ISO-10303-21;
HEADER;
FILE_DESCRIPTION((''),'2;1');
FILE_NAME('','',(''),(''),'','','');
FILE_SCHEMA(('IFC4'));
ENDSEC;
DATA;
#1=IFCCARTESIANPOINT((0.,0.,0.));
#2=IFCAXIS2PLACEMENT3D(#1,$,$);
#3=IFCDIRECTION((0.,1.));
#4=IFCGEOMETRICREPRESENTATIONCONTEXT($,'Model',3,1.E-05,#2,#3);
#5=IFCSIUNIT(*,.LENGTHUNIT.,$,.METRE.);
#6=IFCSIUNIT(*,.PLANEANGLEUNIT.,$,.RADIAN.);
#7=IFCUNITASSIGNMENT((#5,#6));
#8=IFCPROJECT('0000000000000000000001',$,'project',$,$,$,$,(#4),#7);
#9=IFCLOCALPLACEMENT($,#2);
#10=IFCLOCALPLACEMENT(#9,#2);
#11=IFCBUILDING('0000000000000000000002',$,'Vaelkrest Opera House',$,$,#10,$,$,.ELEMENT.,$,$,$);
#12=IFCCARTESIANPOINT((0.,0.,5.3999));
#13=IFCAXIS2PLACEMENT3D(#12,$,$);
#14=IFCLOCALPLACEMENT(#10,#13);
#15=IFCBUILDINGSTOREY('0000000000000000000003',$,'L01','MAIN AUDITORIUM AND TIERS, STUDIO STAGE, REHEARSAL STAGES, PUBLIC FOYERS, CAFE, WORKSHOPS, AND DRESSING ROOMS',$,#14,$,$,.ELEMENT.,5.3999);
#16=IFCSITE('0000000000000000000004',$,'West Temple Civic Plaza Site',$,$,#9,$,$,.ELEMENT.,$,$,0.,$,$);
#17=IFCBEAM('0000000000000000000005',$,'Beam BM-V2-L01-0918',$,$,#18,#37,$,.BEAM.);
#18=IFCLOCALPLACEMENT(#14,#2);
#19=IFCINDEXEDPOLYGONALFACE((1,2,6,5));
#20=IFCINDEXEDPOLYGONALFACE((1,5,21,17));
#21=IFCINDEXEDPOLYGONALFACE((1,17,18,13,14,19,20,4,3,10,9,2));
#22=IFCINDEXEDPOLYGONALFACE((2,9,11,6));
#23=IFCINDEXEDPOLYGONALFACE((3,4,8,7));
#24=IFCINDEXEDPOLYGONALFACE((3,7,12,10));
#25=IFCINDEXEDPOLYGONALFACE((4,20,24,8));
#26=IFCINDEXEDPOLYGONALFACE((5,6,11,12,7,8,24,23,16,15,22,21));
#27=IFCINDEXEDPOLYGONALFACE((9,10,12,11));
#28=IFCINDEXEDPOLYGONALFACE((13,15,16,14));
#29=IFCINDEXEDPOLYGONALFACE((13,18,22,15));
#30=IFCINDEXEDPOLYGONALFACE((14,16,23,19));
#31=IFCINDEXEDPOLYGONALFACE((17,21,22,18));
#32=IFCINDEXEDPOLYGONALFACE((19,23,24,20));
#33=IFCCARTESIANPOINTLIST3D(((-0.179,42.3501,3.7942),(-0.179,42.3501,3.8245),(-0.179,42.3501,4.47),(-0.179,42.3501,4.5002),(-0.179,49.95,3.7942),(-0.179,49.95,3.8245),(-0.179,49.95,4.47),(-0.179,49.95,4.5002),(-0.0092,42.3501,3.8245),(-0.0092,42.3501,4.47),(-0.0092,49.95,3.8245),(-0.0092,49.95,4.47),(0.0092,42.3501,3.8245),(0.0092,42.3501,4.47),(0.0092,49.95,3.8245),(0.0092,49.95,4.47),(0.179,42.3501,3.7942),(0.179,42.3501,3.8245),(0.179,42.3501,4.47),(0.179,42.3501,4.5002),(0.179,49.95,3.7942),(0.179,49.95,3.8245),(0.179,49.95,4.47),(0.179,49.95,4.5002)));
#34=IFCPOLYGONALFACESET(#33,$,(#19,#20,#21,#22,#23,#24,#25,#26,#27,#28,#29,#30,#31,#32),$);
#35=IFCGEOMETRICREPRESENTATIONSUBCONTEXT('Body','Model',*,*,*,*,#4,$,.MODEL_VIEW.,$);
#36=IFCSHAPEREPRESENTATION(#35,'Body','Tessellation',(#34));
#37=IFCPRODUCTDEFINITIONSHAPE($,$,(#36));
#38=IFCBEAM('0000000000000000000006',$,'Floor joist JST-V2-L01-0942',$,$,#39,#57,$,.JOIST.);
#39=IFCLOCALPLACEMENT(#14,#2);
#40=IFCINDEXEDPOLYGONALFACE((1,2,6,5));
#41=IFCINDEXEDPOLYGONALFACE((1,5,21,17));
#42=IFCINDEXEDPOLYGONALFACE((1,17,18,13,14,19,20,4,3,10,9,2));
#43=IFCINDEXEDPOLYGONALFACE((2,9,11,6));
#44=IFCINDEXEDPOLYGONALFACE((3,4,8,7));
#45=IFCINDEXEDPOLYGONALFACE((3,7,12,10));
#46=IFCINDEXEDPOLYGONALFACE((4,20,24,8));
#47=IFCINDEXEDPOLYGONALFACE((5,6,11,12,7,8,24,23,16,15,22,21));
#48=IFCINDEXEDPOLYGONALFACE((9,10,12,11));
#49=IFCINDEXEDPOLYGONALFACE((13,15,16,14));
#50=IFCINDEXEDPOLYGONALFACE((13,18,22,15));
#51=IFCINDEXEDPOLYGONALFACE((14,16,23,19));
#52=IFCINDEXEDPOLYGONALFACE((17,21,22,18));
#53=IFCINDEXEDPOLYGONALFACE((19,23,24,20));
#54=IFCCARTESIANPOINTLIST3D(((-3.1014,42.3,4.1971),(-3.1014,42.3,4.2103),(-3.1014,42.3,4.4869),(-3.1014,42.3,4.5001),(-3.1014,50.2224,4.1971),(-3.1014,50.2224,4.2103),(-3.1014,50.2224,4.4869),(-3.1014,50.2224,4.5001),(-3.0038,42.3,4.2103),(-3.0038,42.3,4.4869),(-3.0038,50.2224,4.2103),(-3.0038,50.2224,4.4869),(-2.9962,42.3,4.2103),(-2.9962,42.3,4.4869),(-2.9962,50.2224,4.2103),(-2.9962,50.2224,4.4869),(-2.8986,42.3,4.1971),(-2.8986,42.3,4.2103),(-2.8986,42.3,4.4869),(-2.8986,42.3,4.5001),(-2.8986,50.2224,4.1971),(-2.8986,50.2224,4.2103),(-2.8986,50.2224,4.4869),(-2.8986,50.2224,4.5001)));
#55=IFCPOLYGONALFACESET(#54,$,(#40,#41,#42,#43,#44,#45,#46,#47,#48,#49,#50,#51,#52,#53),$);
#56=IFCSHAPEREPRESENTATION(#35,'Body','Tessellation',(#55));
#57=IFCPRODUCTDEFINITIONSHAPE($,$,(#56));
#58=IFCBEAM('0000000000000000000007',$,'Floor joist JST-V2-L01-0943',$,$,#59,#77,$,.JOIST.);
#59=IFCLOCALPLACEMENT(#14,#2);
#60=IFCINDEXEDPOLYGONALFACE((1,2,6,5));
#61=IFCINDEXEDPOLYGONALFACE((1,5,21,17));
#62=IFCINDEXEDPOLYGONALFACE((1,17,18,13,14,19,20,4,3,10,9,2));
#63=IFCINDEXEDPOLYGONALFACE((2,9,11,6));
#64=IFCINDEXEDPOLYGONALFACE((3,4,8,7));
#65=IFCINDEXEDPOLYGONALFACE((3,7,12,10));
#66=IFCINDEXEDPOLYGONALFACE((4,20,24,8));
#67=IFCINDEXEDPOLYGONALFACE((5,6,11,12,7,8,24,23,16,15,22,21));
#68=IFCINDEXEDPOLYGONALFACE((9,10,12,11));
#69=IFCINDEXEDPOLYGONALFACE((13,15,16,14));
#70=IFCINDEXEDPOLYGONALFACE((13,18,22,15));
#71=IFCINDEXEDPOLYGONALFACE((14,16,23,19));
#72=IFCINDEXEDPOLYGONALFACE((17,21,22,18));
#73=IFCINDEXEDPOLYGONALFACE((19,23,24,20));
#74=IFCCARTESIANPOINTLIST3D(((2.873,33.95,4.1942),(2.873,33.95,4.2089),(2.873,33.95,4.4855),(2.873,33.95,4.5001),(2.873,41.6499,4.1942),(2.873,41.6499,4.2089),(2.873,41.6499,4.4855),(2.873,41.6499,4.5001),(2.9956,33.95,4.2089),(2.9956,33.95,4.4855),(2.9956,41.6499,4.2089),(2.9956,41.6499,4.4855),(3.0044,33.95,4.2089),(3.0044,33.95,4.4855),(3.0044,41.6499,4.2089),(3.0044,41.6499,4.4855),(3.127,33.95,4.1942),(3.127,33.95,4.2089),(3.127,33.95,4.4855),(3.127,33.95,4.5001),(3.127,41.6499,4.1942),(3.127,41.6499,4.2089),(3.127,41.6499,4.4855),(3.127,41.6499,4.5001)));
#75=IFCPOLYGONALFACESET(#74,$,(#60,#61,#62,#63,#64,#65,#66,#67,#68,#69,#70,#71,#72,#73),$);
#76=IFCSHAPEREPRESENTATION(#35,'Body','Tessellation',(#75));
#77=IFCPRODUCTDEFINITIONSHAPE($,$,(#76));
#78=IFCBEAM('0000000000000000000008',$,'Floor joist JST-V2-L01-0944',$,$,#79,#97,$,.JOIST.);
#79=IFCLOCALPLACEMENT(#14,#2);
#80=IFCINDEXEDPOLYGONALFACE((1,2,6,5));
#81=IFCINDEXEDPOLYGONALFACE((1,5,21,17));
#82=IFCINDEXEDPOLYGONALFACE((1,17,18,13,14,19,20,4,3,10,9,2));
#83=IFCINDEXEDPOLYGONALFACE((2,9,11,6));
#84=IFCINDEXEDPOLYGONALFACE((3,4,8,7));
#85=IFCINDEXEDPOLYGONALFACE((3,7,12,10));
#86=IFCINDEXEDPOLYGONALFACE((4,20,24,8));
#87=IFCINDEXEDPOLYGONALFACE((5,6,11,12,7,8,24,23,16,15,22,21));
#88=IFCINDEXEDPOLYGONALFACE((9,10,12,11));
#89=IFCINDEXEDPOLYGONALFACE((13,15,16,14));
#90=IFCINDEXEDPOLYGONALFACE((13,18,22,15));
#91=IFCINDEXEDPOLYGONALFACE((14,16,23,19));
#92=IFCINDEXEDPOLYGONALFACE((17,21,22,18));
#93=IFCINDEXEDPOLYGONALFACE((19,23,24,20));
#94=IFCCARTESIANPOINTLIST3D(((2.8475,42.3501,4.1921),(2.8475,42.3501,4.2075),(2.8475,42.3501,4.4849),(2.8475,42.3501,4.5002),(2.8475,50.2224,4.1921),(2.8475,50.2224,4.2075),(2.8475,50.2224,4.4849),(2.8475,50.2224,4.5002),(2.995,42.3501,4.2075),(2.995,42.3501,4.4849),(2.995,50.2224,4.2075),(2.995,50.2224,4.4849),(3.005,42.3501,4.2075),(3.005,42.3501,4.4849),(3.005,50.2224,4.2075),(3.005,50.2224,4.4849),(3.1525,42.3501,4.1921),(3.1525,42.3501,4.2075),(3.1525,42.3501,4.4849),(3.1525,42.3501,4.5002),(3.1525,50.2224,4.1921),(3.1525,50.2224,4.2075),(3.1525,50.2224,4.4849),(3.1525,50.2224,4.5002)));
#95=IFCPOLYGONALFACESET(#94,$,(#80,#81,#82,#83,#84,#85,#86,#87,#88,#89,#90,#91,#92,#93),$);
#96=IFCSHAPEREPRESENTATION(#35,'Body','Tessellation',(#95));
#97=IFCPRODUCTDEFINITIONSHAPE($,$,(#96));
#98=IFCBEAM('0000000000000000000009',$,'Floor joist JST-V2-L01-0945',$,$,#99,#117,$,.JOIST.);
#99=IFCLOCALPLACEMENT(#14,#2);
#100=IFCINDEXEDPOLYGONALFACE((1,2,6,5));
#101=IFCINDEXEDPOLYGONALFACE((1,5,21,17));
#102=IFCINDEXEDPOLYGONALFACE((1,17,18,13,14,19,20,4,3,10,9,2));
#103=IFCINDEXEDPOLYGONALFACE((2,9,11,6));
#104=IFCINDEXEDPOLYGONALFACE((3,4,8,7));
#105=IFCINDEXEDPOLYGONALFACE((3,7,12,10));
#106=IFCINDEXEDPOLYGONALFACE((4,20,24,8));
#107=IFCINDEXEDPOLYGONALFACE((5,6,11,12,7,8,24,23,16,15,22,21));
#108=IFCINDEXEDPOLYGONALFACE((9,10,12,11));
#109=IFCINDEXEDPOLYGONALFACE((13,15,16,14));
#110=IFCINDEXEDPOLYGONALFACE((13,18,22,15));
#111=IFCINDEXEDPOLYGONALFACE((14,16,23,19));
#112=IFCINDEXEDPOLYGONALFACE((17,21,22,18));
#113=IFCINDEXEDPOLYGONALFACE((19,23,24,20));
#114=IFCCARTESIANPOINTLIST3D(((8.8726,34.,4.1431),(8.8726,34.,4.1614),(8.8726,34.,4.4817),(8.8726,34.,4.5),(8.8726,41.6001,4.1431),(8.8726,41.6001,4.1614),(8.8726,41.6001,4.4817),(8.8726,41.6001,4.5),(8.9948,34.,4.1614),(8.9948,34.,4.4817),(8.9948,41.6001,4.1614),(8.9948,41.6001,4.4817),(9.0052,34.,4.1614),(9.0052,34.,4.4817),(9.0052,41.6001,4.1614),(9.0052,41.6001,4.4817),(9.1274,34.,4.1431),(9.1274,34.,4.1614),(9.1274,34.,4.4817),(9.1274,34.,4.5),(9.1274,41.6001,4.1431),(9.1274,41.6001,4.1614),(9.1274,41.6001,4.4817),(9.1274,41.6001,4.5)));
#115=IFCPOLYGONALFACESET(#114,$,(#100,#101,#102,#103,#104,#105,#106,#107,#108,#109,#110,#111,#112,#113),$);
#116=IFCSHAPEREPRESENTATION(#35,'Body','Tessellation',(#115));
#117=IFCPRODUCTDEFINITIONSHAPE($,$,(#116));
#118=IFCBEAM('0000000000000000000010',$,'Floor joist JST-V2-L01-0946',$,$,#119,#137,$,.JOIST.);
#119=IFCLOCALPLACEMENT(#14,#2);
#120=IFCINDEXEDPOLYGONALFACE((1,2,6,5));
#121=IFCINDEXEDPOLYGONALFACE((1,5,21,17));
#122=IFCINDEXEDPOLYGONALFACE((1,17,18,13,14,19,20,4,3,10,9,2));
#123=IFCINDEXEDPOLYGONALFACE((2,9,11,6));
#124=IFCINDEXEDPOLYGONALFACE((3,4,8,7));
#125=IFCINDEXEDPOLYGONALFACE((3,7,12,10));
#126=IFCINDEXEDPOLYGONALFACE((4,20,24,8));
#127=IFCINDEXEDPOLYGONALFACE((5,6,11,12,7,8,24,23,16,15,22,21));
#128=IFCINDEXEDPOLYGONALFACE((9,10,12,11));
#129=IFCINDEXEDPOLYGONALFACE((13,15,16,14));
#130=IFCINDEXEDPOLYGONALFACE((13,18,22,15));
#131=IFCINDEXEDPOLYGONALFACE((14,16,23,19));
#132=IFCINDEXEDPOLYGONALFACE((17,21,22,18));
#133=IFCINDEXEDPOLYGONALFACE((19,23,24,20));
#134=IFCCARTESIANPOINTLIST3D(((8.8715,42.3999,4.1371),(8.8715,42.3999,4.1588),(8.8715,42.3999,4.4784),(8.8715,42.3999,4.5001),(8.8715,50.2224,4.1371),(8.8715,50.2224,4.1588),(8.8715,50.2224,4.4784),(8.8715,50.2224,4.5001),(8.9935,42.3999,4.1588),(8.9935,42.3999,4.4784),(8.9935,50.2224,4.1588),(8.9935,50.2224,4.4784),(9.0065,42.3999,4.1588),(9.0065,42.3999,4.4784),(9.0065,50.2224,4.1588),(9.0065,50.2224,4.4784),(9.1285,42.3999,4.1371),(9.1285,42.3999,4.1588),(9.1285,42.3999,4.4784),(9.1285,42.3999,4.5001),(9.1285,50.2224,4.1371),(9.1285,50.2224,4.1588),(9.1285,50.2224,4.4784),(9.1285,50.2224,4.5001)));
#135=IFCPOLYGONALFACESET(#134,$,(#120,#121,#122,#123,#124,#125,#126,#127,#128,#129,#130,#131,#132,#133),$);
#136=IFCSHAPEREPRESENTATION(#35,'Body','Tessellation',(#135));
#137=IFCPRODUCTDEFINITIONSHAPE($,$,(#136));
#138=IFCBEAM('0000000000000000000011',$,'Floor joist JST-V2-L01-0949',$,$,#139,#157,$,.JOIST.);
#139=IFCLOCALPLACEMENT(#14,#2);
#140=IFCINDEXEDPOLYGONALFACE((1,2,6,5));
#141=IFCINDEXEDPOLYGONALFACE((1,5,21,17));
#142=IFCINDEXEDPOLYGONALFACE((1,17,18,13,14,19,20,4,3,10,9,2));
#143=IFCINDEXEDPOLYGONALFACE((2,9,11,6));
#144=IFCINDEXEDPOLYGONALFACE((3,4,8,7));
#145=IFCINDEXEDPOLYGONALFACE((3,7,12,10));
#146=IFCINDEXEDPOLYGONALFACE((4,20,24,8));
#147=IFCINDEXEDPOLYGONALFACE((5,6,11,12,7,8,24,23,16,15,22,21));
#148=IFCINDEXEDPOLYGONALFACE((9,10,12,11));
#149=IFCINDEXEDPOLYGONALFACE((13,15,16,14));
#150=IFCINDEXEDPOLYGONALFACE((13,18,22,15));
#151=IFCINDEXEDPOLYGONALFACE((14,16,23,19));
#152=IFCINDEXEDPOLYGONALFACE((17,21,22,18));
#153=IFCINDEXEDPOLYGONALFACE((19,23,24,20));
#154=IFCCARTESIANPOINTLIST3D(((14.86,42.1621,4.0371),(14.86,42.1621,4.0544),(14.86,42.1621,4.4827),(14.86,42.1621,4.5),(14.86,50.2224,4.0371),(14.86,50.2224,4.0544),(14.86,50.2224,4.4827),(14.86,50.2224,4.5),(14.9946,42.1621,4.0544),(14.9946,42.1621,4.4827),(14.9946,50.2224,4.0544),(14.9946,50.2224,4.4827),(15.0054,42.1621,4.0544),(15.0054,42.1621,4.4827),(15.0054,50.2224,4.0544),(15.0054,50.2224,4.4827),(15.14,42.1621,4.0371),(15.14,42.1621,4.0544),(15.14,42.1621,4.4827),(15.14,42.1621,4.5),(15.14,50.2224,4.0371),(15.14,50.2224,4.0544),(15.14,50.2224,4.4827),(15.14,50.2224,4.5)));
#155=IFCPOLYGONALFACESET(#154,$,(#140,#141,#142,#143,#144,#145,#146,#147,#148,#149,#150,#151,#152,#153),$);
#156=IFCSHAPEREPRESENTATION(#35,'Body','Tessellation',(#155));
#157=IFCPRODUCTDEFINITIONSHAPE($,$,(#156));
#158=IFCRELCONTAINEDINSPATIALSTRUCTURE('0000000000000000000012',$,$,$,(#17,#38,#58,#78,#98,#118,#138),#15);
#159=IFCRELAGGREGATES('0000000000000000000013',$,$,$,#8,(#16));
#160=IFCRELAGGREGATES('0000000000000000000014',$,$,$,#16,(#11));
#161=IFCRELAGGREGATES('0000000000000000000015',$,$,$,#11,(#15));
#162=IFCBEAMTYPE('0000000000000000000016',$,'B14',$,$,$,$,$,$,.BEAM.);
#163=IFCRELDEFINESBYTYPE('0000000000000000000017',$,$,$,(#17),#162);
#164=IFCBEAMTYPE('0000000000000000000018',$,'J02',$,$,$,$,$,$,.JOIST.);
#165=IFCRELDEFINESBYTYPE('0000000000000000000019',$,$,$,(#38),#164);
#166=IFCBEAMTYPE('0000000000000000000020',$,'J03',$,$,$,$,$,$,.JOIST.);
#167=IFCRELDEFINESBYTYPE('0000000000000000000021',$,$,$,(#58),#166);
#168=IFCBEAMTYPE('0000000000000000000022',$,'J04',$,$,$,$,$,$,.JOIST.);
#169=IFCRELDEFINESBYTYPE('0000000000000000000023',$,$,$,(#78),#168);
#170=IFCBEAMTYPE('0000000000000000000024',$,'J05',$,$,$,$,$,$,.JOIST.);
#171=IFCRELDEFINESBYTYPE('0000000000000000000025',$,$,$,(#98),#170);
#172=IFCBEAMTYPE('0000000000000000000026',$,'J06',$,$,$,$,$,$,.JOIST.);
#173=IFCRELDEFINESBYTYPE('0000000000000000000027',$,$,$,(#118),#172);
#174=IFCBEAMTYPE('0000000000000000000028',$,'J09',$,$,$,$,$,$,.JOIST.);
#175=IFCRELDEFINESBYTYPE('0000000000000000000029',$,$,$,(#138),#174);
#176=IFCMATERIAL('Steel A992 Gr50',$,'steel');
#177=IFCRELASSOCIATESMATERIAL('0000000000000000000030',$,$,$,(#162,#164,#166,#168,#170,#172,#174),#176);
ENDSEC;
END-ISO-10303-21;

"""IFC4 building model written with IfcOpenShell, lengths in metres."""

from ifc_helpers import new_model, si_unit, direction, frame, origin, origin_2d, place, context, subcontext, project, spatial, i_section, extrude, material, material_profile, profile_set, type_object, element, save


model = new_model("IFC4")

# Units and contexts
model_context = context("Model", 3, precision=1e-05, world=origin(), true_north=direction((0.0, 1.0)))
body_context = subcontext(model_context, "Body", "Model", "MODEL_VIEW")
ifc_project = project(units=[si_unit("LENGTHUNIT", "METRE"), si_unit("PLANEANGLEUNIT", "RADIAN")], contexts=[model_context])

# Site, building, storey
site_placement = place(None, origin())
site = spatial("IfcSite", under=ifc_project, at=site_placement, Name="West Temple Civic Plaza Site", CompositionType="ELEMENT", RefElevation=0.0)
building_placement = place(site_placement, origin())
building = spatial("IfcBuilding", under=site, at=building_placement, Name="Vaelkrest Opera House", CompositionType="ELEMENT")
storey_placement = place(building_placement, frame((0.0, 0.0, 5.3999)))
storey = spatial("IfcBuildingStorey", under=building, at=storey_placement, Name="L01", Description="MAIN AUDITORIUM AND TIERS, STUDIO STAGE, REHEARSAL STAGES, PUBLIC FOYERS, CAFE, WORKSHOPS, AND DRESSING ROOMS", CompositionType="ELEMENT", Elevation=5.3999)

# Beams
ifc_material_1 = material(Name="Steel A992 Gr50", Category="steel")
ifc_material_profile_1 = material_profile(ifc_material_1, i_section(OverallWidth=0.3579, OverallDepth=0.7061, WebThickness=0.0183, FlangeThickness=0.0303, at=origin_2d()), Name="W27X178")
ifc_profile_set_1 = profile_set([ifc_material_profile_1], Name="Steel A992 Gr50")
beam_type_1 = type_object("IfcBeamType", Name="B14", PredefinedType="BEAM", material=ifc_profile_set_1)
beam_1_placement = place(storey_placement, frame((0.0, 42.3501, 4.1472), z_axis=(0.0, 1.0, 0.0), x_axis=(-1.0, 0.0, 0.0)))
element("IfcBeam", 1, at=beam_1_placement, inside=storey, type_object=beam_type_1, Name="Beam BM-V2-L01-0918", PredefinedType="BEAM", context=body_context, shape_type="SweptSolid", body=[
    extrude(i_section(OverallWidth=0.3579, OverallDepth=0.7061, WebThickness=0.0183, FlangeThickness=0.0303, at=origin_2d()), origin(), (0.0, 0.0, 1.0), 7.5999),
])
ifc_material_profile_2 = material_profile(ifc_material_1, i_section(OverallWidth=0.2029, OverallDepth=0.303, WebThickness=0.0076, FlangeThickness=0.0132, at=origin_2d()), Name="W12X40")
ifc_profile_set_2 = profile_set([ifc_material_profile_2], Name="Steel A992 Gr50")
beam_type_2 = type_object("IfcBeamType", Name="J02", PredefinedType="JOIST", material=ifc_profile_set_2)
beam_2_placement = place(storey_placement, frame((-3.0, 42.3, 4.3486), z_axis=(0.0, 1.0, 0.0), x_axis=(-1.0, 0.0, 0.0)))
element("IfcBeam", 2, at=beam_2_placement, inside=storey, type_object=beam_type_2, Name="Floor joist JST-V2-L01-0942", PredefinedType="JOIST", context=body_context, shape_type="SweptSolid", body=[
    extrude(i_section(OverallWidth=0.2029, OverallDepth=0.303, WebThickness=0.0076, FlangeThickness=0.0132, at=origin_2d()), origin(), (0.0, 0.0, 1.0), 7.9224),
])
ifc_material_profile_3 = material_profile(ifc_material_1, i_section(OverallWidth=0.2539, OverallDepth=0.3059, WebThickness=0.0088, FlangeThickness=0.0146, at=origin_2d()), Name="W12X53")
ifc_profile_set_3 = profile_set([ifc_material_profile_3], Name="Steel A992 Gr50")
beam_type_3 = type_object("IfcBeamType", Name="J03", PredefinedType="JOIST", material=ifc_profile_set_3)
beam_3_placement = place(storey_placement, frame((3.0, 33.95, 4.3472), z_axis=(0.0, 1.0, 0.0), x_axis=(-1.0, 0.0, 0.0)))
element("IfcBeam", 3, at=beam_3_placement, inside=storey, type_object=beam_type_3, Name="Floor joist JST-V2-L01-0943", PredefinedType="JOIST", context=body_context, shape_type="SweptSolid", body=[
    extrude(i_section(OverallWidth=0.2539, OverallDepth=0.3059, WebThickness=0.0088, FlangeThickness=0.0146, at=origin_2d()), origin(), (0.0, 0.0, 1.0), 7.7),
])
ifc_material_profile_4 = material_profile(ifc_material_1, i_section(OverallWidth=0.3049, OverallDepth=0.3081, WebThickness=0.01, FlangeThickness=0.0154, at=origin_2d()), Name="W12X65")
ifc_profile_set_4 = profile_set([ifc_material_profile_4], Name="Steel A992 Gr50")
beam_type_4 = type_object("IfcBeamType", Name="J04", PredefinedType="JOIST", material=ifc_profile_set_4)
beam_4_placement = place(storey_placement, frame((3.0, 42.3501, 4.3462), z_axis=(0.0, 1.0, 0.0), x_axis=(-1.0, 0.0, 0.0)))
element("IfcBeam", 4, at=beam_4_placement, inside=storey, type_object=beam_type_4, Name="Floor joist JST-V2-L01-0944", PredefinedType="JOIST", context=body_context, shape_type="SweptSolid", body=[
    extrude(i_section(OverallWidth=0.3049, OverallDepth=0.3081, WebThickness=0.01, FlangeThickness=0.0154, at=origin_2d()), origin(), (0.0, 0.0, 1.0), 7.8723),
])
ifc_material_profile_5 = material_profile(ifc_material_1, i_section(OverallWidth=0.2549, OverallDepth=0.3569, WebThickness=0.0105, FlangeThickness=0.0183, at=origin_2d()), Name="W14X68")
ifc_profile_set_5 = profile_set([ifc_material_profile_5], Name="Steel A992 Gr50")
beam_type_5 = type_object("IfcBeamType", Name="J05", PredefinedType="JOIST", material=ifc_profile_set_5)
beam_5_placement = place(storey_placement, frame((9.0, 34.0, 4.3215), z_axis=(0.0, 1.0, 0.0), x_axis=(-1.0, 0.0, 0.0)))
element("IfcBeam", 5, at=beam_5_placement, inside=storey, type_object=beam_type_5, Name="Floor joist JST-V2-L01-0945", PredefinedType="JOIST", context=body_context, shape_type="SweptSolid", body=[
    extrude(i_section(OverallWidth=0.2549, OverallDepth=0.3569, WebThickness=0.0105, FlangeThickness=0.0183, at=origin_2d()), origin(), (0.0, 0.0, 1.0), 7.6001),
])
ifc_material_profile_6 = material_profile(ifc_material_1, i_section(OverallWidth=0.2571, OverallDepth=0.363, WebThickness=0.0129, FlangeThickness=0.0217, at=origin_2d()), Name="W14X82")
ifc_profile_set_6 = profile_set([ifc_material_profile_6], Name="Steel A992 Gr50")
beam_type_6 = type_object("IfcBeamType", Name="J06", PredefinedType="JOIST", material=ifc_profile_set_6)
beam_6_placement = place(storey_placement, frame((9.0, 42.3999, 4.3186), z_axis=(0.0, 1.0, 0.0), x_axis=(-1.0, 0.0, 0.0)))
element("IfcBeam", 6, at=beam_6_placement, inside=storey, type_object=beam_type_6, Name="Floor joist JST-V2-L01-0946", PredefinedType="JOIST", context=body_context, shape_type="SweptSolid", body=[
    extrude(i_section(OverallWidth=0.2571, OverallDepth=0.363, WebThickness=0.0129, FlangeThickness=0.0217, at=origin_2d()), origin(), (0.0, 0.0, 1.0), 7.8225),
])
ifc_material_profile_7 = material_profile(ifc_material_1, i_section(OverallWidth=0.28, OverallDepth=0.4629, WebThickness=0.0107, FlangeThickness=0.0173, at=origin_2d()), Name="W18X76")
ifc_profile_set_7 = profile_set([ifc_material_profile_7], Name="Steel A992 Gr50")
beam_type_7 = type_object("IfcBeamType", Name="J09", PredefinedType="JOIST", material=ifc_profile_set_7)
beam_7_placement = place(storey_placement, frame((15.0, 42.1621, 4.2686), z_axis=(0.0, 1.0, 0.0), x_axis=(-1.0, 0.0, 0.0)))
element("IfcBeam", 7, at=beam_7_placement, inside=storey, type_object=beam_type_7, Name="Floor joist JST-V2-L01-0949", PredefinedType="JOIST", context=body_context, shape_type="SweptSolid", body=[
    extrude(i_section(OverallWidth=0.28, OverallDepth=0.4629, WebThickness=0.0107, FlangeThickness=0.0173, at=origin_2d()), origin(), (0.0, 0.0, 1.0), 8.0603),
])

save(model, "model.ifc")
